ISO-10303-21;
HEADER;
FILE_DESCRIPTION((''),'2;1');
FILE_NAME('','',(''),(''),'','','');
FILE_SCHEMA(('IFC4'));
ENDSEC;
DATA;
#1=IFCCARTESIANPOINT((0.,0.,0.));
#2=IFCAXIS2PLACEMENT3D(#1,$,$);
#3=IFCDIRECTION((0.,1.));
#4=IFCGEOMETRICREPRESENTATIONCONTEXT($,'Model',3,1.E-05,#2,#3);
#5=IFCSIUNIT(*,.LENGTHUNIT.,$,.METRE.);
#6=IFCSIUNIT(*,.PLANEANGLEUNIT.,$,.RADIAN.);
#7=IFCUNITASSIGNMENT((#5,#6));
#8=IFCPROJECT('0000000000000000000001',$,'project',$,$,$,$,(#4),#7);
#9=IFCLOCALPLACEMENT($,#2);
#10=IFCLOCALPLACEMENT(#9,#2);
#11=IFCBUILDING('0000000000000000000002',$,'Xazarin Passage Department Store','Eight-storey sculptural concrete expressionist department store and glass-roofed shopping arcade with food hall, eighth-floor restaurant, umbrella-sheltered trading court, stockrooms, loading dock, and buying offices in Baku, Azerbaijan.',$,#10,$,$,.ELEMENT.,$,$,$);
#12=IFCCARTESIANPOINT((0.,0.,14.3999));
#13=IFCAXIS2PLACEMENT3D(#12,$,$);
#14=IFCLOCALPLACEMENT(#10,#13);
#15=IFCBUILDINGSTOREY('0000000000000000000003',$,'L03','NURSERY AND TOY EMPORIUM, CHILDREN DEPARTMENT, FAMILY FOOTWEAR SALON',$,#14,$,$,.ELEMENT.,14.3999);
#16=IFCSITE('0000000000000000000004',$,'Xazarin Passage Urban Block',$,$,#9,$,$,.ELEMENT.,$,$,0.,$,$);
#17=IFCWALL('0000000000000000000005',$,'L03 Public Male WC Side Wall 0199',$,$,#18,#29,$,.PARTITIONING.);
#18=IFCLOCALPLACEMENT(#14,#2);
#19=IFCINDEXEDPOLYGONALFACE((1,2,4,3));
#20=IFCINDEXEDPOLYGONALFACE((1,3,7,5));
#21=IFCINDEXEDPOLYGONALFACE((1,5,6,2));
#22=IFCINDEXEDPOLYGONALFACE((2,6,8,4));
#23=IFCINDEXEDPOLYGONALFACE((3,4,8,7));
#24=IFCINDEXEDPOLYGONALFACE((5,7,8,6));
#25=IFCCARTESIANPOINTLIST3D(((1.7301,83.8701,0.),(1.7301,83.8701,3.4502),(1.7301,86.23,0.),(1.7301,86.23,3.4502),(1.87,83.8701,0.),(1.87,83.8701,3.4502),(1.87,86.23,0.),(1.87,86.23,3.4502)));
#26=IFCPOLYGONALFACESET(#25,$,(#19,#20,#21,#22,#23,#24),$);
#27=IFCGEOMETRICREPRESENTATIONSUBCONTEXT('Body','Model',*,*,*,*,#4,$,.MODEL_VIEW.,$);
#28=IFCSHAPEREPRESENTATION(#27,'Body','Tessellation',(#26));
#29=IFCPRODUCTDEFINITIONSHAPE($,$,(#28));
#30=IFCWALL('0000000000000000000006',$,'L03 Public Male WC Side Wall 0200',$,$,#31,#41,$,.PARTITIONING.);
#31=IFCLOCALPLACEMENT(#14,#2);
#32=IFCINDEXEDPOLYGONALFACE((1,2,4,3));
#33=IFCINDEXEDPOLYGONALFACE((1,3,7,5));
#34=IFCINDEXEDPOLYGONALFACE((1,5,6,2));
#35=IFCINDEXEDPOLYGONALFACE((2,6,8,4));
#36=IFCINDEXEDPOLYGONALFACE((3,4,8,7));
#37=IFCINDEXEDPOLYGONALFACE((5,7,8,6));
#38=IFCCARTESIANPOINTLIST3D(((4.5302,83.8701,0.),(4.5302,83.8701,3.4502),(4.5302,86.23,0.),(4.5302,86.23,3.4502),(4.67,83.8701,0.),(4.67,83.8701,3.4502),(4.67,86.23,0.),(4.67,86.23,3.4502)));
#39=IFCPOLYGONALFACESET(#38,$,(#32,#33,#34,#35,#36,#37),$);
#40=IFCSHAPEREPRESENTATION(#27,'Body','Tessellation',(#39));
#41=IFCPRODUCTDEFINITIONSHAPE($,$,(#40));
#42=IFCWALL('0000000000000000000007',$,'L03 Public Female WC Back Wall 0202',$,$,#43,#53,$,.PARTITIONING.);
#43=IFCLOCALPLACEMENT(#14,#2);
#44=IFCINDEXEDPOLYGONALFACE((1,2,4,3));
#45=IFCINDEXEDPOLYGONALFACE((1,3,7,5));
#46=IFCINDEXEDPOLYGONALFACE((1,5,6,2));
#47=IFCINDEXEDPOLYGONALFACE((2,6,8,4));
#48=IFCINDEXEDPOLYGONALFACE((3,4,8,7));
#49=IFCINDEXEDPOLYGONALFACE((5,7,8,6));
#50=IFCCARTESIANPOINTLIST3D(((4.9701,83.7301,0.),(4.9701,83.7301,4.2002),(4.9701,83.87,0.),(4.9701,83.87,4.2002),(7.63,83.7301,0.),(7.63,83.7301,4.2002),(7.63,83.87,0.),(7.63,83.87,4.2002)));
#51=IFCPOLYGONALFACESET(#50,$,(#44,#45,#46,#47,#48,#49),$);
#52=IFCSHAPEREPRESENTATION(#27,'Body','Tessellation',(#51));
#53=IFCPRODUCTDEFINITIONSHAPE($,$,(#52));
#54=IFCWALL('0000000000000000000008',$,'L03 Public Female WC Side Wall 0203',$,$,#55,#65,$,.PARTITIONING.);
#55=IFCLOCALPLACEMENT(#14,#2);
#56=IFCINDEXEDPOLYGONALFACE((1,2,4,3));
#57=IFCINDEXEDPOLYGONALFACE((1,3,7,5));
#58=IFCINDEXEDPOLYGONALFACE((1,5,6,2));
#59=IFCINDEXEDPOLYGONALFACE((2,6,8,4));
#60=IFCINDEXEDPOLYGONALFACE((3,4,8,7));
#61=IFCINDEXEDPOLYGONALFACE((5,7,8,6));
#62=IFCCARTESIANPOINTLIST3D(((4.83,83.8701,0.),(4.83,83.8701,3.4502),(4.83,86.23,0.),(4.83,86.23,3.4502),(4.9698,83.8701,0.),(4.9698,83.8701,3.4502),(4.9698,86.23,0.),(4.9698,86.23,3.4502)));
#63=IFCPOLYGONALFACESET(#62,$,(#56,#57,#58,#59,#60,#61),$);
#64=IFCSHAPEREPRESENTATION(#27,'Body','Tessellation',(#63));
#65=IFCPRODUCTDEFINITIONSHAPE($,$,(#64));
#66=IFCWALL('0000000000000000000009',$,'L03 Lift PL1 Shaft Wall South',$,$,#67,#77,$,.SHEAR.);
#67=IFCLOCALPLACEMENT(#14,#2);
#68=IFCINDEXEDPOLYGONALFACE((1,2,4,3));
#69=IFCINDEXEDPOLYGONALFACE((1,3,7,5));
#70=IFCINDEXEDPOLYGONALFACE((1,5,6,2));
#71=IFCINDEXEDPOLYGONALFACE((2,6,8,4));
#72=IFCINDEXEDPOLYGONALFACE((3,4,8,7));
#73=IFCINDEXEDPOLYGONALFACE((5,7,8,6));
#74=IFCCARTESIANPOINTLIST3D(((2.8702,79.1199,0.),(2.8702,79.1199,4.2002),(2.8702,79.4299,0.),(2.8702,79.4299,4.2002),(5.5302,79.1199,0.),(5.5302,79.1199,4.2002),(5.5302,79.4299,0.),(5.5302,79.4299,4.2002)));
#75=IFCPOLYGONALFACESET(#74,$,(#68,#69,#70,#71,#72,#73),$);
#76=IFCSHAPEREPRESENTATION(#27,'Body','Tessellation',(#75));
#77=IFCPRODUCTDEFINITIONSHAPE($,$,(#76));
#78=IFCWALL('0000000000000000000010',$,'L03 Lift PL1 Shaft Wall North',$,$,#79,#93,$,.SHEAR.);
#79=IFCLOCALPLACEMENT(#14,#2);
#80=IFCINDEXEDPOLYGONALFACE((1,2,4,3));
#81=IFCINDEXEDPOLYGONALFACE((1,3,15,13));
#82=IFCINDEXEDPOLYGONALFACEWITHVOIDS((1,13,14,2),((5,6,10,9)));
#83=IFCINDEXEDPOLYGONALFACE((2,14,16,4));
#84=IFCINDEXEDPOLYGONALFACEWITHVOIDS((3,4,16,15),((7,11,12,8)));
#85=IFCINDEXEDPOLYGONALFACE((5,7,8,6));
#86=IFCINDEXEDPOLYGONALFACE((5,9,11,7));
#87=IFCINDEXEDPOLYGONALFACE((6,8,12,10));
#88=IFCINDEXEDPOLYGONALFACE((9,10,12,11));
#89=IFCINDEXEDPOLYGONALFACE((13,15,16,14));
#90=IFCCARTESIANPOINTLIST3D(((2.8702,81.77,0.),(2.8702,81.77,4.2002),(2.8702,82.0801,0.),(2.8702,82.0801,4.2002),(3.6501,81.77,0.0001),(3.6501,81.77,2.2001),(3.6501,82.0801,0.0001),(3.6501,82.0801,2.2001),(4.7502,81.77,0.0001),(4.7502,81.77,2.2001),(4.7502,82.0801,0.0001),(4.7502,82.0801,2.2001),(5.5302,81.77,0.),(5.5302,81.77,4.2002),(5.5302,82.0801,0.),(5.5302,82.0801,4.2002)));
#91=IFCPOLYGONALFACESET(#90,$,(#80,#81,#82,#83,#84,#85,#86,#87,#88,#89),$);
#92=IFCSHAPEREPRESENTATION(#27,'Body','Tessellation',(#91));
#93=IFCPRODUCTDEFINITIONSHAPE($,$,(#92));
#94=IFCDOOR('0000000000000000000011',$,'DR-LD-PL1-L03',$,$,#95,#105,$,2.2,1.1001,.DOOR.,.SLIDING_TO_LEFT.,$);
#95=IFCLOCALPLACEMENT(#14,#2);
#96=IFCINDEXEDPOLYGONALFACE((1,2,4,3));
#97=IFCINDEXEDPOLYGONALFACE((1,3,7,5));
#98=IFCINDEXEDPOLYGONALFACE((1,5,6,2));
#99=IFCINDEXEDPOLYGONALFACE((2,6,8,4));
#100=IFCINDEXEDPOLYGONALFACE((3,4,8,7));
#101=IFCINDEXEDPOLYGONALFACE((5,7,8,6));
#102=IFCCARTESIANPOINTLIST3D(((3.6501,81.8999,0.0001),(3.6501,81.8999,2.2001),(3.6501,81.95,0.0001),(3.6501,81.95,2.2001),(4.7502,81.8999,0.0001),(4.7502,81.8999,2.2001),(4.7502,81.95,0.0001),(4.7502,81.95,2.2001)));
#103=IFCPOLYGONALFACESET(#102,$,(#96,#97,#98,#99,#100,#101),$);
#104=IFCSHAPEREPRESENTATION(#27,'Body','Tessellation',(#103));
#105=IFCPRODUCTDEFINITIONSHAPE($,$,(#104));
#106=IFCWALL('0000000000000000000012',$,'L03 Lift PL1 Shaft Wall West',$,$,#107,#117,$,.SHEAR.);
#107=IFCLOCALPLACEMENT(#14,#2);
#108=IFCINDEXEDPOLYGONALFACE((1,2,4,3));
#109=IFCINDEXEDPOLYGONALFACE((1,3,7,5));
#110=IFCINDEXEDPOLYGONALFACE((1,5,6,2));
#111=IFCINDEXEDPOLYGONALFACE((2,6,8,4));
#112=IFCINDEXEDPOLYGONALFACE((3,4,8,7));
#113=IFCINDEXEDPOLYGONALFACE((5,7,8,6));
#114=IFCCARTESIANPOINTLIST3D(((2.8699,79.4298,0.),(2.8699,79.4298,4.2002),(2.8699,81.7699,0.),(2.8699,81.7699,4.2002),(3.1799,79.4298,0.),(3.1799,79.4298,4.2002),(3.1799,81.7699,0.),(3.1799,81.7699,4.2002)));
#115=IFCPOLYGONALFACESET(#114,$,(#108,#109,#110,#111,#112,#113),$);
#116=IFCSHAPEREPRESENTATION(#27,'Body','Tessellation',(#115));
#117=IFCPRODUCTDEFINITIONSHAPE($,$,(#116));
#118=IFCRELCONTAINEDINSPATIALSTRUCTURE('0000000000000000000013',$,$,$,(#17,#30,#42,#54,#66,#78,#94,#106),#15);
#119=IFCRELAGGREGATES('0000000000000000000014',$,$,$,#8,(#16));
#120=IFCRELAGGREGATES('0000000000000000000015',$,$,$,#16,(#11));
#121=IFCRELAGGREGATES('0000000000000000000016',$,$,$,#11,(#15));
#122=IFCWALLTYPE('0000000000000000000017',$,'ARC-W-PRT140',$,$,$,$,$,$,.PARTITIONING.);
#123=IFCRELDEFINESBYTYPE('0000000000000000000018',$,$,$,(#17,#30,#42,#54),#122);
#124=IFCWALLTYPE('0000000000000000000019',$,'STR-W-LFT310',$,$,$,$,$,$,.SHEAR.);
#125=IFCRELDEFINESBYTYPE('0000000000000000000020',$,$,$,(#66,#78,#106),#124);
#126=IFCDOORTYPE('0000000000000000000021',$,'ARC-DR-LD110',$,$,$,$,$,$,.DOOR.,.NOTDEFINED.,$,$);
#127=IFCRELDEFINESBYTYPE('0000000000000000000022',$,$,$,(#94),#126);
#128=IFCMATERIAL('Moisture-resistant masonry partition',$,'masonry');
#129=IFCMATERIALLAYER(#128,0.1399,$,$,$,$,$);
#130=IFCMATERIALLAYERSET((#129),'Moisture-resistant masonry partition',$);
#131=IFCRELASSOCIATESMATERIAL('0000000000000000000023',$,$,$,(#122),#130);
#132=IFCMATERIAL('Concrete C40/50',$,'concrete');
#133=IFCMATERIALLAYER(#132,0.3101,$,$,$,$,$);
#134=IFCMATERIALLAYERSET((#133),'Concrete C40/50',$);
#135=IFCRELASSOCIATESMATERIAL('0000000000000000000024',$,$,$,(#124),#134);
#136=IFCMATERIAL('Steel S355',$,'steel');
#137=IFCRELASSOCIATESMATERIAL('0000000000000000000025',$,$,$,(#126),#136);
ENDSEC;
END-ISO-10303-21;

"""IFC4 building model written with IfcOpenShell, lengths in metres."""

from ifc_helpers import new_model, si_unit, direction, frame, frame_2d, origin, place, context, subcontext, project, spatial, rectangle, extrude, material, layer, layer_set, type_object, element, fill, save


model = new_model("IFC4")

# Units and contexts
model_context = context("Model", 3, precision=1e-05, world=origin(), true_north=direction((0.0, 1.0)))
body_context = subcontext(model_context, "Body", "Model", "MODEL_VIEW")
ifc_project = project(units=[si_unit("LENGTHUNIT", "METRE"), si_unit("PLANEANGLEUNIT", "RADIAN")], contexts=[model_context])

# Site, building, storey
site_placement = place(None, origin())
site = spatial("IfcSite", under=ifc_project, at=site_placement, Name="Xazarin Passage Urban Block", CompositionType="ELEMENT", RefElevation=0.0)
building_placement = place(site_placement, origin())
building = spatial("IfcBuilding", under=site, at=building_placement, Name="Xazarin Passage Department Store", Description="Eight-storey sculptural concrete expressionist department store and glass-roofed shopping arcade with food hall, eighth-floor restaurant, umbrella-sheltered trading court, stockrooms, loading dock, and buying offices in Baku, Azerbaijan.", CompositionType="ELEMENT")
storey_placement = place(building_placement, frame((0.0, 0.0, 14.3999)))
storey = spatial("IfcBuildingStorey", under=building, at=storey_placement, Name="L03", Description="NURSERY AND TOY EMPORIUM, CHILDREN DEPARTMENT, FAMILY FOOTWEAR SALON", CompositionType="ELEMENT", Elevation=14.3999)

# Shared definitions
ifc_material_1 = material(Name="Concrete C40/50", Category="concrete")

# Shared definitions
ifc_material_2 = material(Name="Moisture-resistant masonry partition", Category="masonry")
ifc_layer_1 = layer(ifc_material_2, 0.1399)
ifc_layer_set_1 = layer_set([ifc_layer_1], Name="Moisture-resistant masonry partition")
wall_type_1 = type_object("IfcWallType", Name="ARC-W-PRT140", PredefinedType="PARTITIONING", material=ifc_layer_set_1)

# Walls
for number, where, z_axis, x_axis, name in (
    (1, (1.8, 83.8701, 0.0), (0.0, 0.0, 1.0), (0.0, 1.0, 0.0), "L03 Public Male WC Side Wall 0199"),
    (2, (4.6001, 83.8701, 0.0), (0.0, 0.0, 1.0), (0.0, 1.0, 0.0), "L03 Public Male WC Side Wall 0200"),
):
    element("IfcWall", number, at=place(storey_placement, frame(where, z_axis=z_axis, x_axis=x_axis)), inside=storey, type_object=wall_type_1, Name=name, PredefinedType="PARTITIONING", context=body_context, shape_type="SweptSolid", body=[
        extrude(rectangle(XDim=2.3599, YDim=0.1399, at=frame_2d((1.1799, 0.0))), origin(), (0.0, 0.0, 1.0), 3.4502),
    ])
wall_1_placement = place(storey_placement, frame((4.97, 83.8, 0.0), z_axis=(0.0, 0.0, 1.0), x_axis=(1.0, 0.0, 0.0)))
element("IfcWall", 3, at=wall_1_placement, inside=storey, type_object=wall_type_1, Name="L03 Public Female WC Back Wall 0202", PredefinedType="PARTITIONING", context=body_context, shape_type="SweptSolid", body=[
    extrude(rectangle(XDim=2.6599, YDim=0.1399, at=frame_2d((1.3301, 0.0))), origin(), (0.0, 0.0, 1.0), 4.2002),
])
wall_2_placement = place(storey_placement, frame((4.8999, 83.8701, 0.0), z_axis=(0.0, 0.0, 1.0), x_axis=(0.0, 1.0, 0.0)))
element("IfcWall", 4, at=wall_2_placement, inside=storey, type_object=wall_type_1, Name="L03 Public Female WC Side Wall 0203", PredefinedType="PARTITIONING", context=body_context, shape_type="SweptSolid", body=[
    extrude(rectangle(XDim=2.3599, YDim=0.1399, at=frame_2d((1.1799, 0.0))), origin(), (0.0, 0.0, 1.0), 3.4502),
])
ifc_layer_2 = layer(ifc_material_1, 0.3101)
ifc_layer_set_2 = layer_set([ifc_layer_2], Name="Concrete C40/50")
wall_type_2 = type_object("IfcWallType", Name="STR-W-LFT310", PredefinedType="SHEAR", material=ifc_layer_set_2)
wall_3_placement = place(storey_placement, frame((2.8701, 79.2749, 0.0), z_axis=(0.0, 0.0, 1.0), x_axis=(1.0, 0.0, 0.0)))
element("IfcWall", 5, at=wall_3_placement, inside=storey, type_object=wall_type_2, Name="L03 Lift PL1 Shaft Wall South", PredefinedType="SHEAR", context=body_context, shape_type="SweptSolid", body=[
    extrude(rectangle(XDim=2.6599, YDim=0.3101, at=frame_2d((1.3301, 0.0))), origin(), (0.0, 0.0, 1.0), 4.2002),
])

# Wall, opening, door
wall_4_placement = place(storey_placement, frame((2.8701, 81.925, 0.0), z_axis=(0.0, 0.0, 1.0), x_axis=(1.0, 0.0, 0.0)))
wall_4 = element("IfcWall", 6, at=wall_4_placement, inside=storey, type_object=wall_type_2, Name="L03 Lift PL1 Shaft Wall North", PredefinedType="SHEAR", context=body_context, shape_type="SweptSolid", body=[
    extrude(rectangle(XDim=2.6599, YDim=0.3101, at=frame_2d((1.3301, 0.0))), origin(), (0.0, 0.0, 1.0), 4.2002),
])
opening_1_placement = place(wall_4_placement, frame((0.78, 0.0, 0.0)))
opening_1 = element("IfcOpeningElement", 7, at=opening_1_placement, cuts=wall_4, PredefinedType="OPENING", context=body_context, shape_type="SweptSolid", body=[
    extrude(rectangle(XDim=1.1001, YDim=2.2, at=frame_2d((0.55, 1.1001))), frame((0.0, 0.165, 0.0), z_axis=(0.0, -1.0, 0.0), x_axis=(1.0, 0.0, 0.0)), (0.0, 0.0, 1.0), 0.3301),
])
ifc_material_3 = material(Name="Steel S355", Category="steel")
door_type_1 = type_object("IfcDoorType", Name="ARC-DR-LD110", OperationType="NOTDEFINED", PredefinedType="DOOR", material=ifc_material_3)
door_1_placement = place(opening_1_placement, origin())
door_1 = element("IfcDoor", 8, at=door_1_placement, inside=storey, type_object=door_type_1, Name="DR-LD-PL1-L03", OperationType="SLIDING_TO_LEFT", OverallHeight=2.2, OverallWidth=1.1001, PredefinedType="DOOR", context=body_context, shape_type="SweptSolid", body=[
    extrude(rectangle(XDim=1.1001, YDim=2.2, at=frame_2d((0.55, 1.1001))), frame((0.0, 0.0249, 0.0), z_axis=(0.0, -1.0, 0.0), x_axis=(1.0, 0.0, 0.0)), (0.0, 0.0, 1.0), 0.05),
])
fill(opening_1, door_1)

# Wall
wall_5_placement = place(storey_placement, frame((3.0249, 79.4299, 0.0), z_axis=(0.0, 0.0, 1.0), x_axis=(0.0, 1.0, 0.0)))
element("IfcWall", 9, at=wall_5_placement, inside=storey, type_object=wall_type_2, Name="L03 Lift PL1 Shaft Wall West", PredefinedType="SHEAR", context=body_context, shape_type="SweptSolid", body=[
    extrude(rectangle(XDim=2.3401, YDim=0.3101, at=frame_2d((1.1699, 0.0))), origin(), (0.0, 0.0, 1.0), 4.2002),
])

save(model, "model.ifc")
